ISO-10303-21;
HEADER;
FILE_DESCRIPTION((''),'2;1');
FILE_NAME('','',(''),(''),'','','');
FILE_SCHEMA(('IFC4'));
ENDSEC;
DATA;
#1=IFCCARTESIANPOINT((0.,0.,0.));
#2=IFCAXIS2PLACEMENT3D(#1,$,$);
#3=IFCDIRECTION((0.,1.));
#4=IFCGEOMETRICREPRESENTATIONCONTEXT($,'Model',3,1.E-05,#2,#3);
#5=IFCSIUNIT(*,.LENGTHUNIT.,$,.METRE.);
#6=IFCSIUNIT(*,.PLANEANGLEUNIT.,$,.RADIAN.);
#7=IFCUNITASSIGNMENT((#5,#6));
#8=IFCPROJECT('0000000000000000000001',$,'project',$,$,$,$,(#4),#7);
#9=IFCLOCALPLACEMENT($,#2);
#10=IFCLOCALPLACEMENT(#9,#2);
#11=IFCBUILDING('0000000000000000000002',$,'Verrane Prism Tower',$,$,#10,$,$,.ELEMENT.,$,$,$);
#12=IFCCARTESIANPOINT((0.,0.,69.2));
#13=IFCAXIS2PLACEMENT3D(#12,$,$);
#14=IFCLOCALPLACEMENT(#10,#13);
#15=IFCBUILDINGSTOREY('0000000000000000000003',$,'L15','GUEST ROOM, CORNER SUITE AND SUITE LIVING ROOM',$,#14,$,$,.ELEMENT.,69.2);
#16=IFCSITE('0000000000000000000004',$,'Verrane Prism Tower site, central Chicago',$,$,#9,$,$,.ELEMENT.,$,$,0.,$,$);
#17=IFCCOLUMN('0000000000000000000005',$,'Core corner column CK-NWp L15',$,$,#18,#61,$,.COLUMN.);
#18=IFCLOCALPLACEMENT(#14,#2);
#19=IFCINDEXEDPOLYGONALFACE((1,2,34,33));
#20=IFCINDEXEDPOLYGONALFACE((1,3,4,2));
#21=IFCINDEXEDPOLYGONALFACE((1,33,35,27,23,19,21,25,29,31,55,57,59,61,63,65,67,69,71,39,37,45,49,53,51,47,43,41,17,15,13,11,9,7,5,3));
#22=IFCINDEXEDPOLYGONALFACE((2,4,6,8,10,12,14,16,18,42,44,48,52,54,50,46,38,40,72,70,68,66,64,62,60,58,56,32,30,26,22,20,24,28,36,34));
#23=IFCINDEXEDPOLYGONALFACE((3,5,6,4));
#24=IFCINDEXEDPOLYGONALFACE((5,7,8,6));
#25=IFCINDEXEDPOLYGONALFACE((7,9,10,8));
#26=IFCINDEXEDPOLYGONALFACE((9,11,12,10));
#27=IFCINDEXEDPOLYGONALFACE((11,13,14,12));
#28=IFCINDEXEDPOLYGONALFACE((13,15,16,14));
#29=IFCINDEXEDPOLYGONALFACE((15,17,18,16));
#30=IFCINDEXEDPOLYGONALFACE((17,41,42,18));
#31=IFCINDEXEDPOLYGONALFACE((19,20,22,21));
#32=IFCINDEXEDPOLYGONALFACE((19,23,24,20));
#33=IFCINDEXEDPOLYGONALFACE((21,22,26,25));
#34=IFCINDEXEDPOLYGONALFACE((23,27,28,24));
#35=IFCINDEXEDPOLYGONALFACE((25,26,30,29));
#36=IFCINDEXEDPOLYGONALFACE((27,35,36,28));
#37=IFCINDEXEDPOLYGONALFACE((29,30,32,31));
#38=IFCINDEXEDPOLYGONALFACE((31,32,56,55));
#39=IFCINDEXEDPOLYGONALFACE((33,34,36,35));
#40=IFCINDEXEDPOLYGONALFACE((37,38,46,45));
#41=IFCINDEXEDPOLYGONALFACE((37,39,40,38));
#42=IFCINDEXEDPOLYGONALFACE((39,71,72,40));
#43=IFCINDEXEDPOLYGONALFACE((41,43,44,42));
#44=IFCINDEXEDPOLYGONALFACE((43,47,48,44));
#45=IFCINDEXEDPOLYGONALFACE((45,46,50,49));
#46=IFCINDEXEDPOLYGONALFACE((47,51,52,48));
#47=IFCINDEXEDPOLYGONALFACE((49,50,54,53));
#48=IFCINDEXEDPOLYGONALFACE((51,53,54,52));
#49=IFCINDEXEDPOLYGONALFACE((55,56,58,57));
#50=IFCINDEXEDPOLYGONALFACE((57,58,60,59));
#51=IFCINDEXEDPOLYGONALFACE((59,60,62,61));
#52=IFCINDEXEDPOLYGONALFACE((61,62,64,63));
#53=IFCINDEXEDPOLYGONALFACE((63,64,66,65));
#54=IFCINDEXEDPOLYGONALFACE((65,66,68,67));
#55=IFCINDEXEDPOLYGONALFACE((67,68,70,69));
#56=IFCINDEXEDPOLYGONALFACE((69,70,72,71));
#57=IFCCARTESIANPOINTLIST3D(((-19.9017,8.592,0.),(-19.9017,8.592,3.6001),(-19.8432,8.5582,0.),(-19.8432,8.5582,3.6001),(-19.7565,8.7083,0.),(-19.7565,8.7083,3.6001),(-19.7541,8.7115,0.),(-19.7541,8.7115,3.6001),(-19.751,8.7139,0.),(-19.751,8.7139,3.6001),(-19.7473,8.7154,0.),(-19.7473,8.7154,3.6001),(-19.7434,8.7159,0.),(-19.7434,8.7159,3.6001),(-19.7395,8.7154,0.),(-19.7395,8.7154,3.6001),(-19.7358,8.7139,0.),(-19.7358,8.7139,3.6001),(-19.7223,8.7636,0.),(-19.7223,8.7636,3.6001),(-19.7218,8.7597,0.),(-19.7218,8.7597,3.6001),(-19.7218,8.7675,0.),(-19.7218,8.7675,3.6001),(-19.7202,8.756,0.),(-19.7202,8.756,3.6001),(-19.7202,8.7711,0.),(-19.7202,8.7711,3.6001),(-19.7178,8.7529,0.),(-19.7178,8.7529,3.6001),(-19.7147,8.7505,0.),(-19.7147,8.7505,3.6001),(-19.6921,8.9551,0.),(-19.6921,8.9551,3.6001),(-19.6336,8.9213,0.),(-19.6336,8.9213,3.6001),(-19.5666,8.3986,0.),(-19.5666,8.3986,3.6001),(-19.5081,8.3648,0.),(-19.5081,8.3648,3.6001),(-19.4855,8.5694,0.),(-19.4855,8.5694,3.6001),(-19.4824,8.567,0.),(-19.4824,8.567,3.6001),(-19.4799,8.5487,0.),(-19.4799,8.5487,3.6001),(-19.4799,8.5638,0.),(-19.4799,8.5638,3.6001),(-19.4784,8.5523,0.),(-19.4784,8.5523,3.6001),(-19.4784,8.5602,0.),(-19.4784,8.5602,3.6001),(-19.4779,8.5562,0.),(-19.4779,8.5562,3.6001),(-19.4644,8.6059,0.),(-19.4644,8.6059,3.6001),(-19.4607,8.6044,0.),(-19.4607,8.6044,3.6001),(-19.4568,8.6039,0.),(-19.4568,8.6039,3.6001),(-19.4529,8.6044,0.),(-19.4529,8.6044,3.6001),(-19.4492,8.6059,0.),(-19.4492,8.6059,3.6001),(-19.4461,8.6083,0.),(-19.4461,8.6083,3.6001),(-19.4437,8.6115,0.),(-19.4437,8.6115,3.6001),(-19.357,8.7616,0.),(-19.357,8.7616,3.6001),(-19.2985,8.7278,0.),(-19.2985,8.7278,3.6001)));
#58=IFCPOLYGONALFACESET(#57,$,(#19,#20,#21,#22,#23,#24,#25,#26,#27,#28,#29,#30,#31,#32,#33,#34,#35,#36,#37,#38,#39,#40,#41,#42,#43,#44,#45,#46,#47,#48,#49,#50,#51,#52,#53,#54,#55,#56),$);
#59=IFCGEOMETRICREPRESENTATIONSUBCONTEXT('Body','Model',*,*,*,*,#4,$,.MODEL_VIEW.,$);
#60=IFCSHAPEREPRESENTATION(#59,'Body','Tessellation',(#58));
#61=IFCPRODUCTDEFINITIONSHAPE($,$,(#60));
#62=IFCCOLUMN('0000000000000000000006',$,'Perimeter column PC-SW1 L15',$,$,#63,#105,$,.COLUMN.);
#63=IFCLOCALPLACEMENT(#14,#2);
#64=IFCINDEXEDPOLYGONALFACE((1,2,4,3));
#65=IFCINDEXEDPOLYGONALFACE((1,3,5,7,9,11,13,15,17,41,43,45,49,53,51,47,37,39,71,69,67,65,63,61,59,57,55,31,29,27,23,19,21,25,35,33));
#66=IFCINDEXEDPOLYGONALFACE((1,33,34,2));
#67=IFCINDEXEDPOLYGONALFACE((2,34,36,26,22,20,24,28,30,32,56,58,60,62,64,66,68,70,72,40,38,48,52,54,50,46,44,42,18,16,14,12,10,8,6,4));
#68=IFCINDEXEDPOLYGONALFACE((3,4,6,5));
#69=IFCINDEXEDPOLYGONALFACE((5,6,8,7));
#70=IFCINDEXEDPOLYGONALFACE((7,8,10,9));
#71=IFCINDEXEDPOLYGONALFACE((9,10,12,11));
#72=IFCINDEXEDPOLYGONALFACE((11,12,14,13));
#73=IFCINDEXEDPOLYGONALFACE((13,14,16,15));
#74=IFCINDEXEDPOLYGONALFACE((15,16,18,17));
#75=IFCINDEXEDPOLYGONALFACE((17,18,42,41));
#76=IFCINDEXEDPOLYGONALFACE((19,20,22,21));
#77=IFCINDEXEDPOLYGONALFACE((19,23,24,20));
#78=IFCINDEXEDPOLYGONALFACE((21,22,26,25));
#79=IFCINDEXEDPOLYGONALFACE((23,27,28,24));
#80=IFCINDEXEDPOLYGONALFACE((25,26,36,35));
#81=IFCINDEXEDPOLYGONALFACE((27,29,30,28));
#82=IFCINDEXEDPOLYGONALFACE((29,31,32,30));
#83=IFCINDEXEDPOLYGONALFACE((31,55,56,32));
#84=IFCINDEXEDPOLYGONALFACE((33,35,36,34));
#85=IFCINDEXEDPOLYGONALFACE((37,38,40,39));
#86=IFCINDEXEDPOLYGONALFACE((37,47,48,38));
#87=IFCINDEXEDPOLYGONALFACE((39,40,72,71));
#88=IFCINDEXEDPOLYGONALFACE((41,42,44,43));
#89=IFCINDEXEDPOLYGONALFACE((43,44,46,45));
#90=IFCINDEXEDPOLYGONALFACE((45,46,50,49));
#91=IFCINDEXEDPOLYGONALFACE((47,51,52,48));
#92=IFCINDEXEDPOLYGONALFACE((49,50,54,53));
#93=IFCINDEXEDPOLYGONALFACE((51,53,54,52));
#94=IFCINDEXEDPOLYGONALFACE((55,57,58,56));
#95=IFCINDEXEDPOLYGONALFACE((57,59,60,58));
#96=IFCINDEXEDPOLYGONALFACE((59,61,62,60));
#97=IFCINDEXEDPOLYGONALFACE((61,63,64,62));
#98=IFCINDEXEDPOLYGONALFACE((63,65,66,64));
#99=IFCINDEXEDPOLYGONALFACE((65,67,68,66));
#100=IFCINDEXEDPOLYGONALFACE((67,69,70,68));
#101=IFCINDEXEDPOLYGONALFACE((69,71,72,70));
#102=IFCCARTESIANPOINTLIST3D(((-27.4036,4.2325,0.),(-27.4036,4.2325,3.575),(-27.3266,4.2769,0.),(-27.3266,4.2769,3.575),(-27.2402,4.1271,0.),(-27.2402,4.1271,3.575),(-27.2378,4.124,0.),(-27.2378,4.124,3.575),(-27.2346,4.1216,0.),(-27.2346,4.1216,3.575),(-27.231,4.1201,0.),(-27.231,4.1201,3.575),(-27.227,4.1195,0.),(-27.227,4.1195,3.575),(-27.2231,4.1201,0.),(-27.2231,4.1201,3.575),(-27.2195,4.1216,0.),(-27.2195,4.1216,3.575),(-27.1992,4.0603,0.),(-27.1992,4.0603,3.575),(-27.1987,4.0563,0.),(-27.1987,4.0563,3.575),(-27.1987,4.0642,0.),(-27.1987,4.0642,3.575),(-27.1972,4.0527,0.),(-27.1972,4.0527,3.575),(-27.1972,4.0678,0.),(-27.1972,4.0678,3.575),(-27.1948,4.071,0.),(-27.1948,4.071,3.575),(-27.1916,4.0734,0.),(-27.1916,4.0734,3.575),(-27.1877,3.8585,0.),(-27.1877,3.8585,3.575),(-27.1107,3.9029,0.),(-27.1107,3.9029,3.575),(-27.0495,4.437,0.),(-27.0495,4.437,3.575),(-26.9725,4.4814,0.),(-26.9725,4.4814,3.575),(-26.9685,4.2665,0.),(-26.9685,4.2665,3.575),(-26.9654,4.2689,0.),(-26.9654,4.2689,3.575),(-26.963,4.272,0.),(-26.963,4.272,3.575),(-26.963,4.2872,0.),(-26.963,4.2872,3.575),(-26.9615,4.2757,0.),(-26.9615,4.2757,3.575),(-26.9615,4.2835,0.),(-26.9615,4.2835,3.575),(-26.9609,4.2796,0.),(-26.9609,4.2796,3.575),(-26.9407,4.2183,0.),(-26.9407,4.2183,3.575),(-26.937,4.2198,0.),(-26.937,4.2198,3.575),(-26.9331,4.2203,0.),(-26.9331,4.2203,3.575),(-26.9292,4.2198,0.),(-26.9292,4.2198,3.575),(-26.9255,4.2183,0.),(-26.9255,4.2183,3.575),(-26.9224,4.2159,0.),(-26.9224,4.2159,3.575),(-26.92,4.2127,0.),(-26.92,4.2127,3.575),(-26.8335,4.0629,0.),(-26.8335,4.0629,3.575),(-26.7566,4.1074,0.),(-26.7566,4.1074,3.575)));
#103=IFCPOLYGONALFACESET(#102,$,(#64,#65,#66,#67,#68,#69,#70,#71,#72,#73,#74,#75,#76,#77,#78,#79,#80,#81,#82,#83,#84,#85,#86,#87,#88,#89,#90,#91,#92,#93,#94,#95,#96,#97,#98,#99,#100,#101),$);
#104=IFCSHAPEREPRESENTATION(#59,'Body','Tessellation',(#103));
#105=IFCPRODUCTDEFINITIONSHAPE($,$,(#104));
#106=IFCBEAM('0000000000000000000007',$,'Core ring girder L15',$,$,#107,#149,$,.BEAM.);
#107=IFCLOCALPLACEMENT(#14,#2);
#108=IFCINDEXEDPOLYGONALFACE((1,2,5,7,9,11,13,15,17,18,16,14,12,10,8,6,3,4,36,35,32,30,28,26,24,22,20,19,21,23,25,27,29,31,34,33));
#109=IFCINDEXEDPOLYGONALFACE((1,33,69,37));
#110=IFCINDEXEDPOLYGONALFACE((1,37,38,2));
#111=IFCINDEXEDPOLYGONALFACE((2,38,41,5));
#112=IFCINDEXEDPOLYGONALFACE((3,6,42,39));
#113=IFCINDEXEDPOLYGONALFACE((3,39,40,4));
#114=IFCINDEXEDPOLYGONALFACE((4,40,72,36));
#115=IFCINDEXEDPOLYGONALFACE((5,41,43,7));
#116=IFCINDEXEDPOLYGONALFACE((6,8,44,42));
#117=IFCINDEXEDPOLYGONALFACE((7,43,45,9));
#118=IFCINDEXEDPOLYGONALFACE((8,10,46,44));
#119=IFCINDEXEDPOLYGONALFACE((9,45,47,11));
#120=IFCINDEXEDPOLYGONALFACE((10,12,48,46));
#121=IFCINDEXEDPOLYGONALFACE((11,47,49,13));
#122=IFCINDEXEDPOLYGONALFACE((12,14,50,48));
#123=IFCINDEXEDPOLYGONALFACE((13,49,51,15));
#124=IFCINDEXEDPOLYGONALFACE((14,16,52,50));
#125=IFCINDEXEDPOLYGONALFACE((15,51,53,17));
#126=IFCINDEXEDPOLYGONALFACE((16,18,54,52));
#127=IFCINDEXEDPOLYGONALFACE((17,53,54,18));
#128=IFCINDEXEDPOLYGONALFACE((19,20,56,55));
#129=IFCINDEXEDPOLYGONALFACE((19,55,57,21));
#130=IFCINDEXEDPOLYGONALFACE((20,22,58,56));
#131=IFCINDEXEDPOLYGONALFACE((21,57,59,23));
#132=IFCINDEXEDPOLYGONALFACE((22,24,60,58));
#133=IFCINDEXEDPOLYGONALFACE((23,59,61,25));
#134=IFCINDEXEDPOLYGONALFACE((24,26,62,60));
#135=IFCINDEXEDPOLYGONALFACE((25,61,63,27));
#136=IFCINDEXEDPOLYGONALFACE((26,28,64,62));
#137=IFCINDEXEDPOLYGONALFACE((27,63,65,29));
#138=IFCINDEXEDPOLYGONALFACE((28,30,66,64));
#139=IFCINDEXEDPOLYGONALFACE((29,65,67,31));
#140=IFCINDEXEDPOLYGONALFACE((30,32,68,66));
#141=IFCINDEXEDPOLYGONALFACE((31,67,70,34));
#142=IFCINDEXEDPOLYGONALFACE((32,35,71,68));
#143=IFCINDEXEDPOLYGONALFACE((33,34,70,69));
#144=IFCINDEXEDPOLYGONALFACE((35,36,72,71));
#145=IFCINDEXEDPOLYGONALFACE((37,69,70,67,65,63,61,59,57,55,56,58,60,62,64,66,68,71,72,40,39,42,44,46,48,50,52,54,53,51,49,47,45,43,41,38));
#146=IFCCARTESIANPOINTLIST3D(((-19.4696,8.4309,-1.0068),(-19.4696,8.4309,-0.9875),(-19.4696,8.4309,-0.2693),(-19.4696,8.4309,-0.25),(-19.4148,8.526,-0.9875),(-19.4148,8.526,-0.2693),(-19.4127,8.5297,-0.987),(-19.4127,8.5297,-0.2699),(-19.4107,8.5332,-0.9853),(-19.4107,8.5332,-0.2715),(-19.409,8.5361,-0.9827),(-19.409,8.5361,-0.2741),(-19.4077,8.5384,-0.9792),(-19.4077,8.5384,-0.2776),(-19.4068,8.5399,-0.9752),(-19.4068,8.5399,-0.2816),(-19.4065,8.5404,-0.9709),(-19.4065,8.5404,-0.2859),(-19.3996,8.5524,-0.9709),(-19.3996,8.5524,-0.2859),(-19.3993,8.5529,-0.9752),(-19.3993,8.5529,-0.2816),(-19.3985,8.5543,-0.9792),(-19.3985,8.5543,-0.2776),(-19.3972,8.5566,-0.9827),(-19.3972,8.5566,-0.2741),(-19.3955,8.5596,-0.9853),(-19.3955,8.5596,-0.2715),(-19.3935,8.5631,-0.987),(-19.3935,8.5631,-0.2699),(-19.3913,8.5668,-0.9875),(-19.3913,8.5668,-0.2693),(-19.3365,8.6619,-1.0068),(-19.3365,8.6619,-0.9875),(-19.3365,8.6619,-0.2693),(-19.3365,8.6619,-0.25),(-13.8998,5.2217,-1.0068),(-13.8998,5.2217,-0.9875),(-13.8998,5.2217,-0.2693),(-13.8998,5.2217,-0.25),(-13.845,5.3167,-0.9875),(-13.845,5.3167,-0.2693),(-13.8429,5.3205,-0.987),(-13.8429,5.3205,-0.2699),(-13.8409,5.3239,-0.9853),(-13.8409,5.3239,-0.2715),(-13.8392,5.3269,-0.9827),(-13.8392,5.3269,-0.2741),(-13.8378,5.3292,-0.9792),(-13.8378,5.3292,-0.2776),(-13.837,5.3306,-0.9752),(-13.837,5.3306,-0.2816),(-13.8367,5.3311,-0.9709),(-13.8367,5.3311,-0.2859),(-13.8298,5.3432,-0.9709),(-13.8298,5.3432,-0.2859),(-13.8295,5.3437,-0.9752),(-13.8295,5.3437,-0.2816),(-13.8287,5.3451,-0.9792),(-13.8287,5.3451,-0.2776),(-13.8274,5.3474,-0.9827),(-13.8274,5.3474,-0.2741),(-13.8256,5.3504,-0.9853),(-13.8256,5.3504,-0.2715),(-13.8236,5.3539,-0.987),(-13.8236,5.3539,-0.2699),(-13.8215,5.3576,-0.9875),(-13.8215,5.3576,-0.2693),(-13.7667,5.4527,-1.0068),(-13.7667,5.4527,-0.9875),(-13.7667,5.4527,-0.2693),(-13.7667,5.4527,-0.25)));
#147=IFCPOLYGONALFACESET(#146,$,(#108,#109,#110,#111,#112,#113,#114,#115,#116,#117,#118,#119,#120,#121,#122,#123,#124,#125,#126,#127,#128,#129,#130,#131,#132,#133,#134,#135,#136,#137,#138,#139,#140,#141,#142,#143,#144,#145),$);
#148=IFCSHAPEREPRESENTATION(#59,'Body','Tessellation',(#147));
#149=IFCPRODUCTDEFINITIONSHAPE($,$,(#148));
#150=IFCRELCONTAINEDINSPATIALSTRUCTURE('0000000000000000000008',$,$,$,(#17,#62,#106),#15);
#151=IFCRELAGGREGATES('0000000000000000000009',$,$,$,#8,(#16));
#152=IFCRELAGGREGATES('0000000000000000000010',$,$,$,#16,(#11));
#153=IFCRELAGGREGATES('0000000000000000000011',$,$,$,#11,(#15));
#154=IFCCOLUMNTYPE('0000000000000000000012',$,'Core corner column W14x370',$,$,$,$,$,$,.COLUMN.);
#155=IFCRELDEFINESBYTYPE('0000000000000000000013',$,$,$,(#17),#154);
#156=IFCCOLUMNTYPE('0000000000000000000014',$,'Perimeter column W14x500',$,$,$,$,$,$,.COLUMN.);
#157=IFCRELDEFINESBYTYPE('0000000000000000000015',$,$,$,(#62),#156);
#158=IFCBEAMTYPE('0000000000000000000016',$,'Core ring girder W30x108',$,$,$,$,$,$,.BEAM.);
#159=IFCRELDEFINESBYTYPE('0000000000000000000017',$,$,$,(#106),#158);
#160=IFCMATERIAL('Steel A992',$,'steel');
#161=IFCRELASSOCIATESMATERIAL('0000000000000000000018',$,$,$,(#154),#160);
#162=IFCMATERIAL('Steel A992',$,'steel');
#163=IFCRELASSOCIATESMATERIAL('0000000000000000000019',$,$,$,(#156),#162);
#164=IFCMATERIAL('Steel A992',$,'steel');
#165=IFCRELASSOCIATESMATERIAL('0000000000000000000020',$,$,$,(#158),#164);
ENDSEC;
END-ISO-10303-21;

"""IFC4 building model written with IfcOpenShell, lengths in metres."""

from ifc_helpers import new_model, si_unit, direction, frame, origin, origin_2d, place, context, subcontext, project, spatial, i_section, extrude, material, material_profile, profile_set, type_object, element, save


model = new_model("IFC4")

# Units and contexts
model_context = context("Model", 3, precision=1e-05, world=origin(), true_north=direction((0.0, 1.0)))
body_context = subcontext(model_context, "Body", "Model", "MODEL_VIEW")
ifc_project = project(units=[si_unit("LENGTHUNIT", "METRE"), si_unit("PLANEANGLEUNIT", "RADIAN")], contexts=[model_context])

# Site, building, storey
site_placement = place(None, origin())
site = spatial("IfcSite", under=ifc_project, at=site_placement, Name="Verrane Prism Tower site, central Chicago", CompositionType="ELEMENT", RefElevation=0.0)
building_placement = place(site_placement, origin())
building = spatial("IfcBuilding", under=site, at=building_placement, Name="Verrane Prism Tower", CompositionType="ELEMENT")
storey_placement = place(building_placement, frame((0.0, 0.0, 69.2)))
storey = spatial("IfcBuildingStorey", under=building, at=storey_placement, Name="L15", Description="GUEST ROOM, CORNER SUITE AND SUITE LIVING ROOM", CompositionType="ELEMENT", Elevation=69.2)

# Columns
ifc_material_1 = material(Name="Steel A992", Category="steel")
ifc_material_profile_1 = material_profile(ifc_material_1, i_section(OverallWidth=0.4192, OverallDepth=0.4546, WebThickness=0.0422, FlangeThickness=0.0676, FilletRadius=0.0151, at=origin_2d()), Name="W14x370")
ifc_profile_set_1 = profile_set([ifc_material_profile_1], Name="Steel A992")
column_type_1 = type_object("IfcColumnType", Name="Core corner column W14x370", PredefinedType="COLUMN", material=ifc_profile_set_1)
column_1_placement = place(storey_placement, frame((-19.6001, 8.6599, 0.0), z_axis=(0.0, 0.0, 1.0), x_axis=(0.5, 0.866025, 0.0)))
element("IfcColumn", 1, at=column_1_placement, inside=storey, type_object=column_type_1, Name="Core corner column CK-NWp L15", PredefinedType="COLUMN", context=body_context, shape_type="SweptSolid", body=[
    extrude(i_section(OverallWidth=0.4192, OverallDepth=0.4546, WebThickness=0.0422, FlangeThickness=0.0676, FilletRadius=0.0151, at=origin_2d()), origin(), (0.0, 0.0, 1.0), 3.6001),
])
ifc_material_2 = material(Name="Steel A992", Category="steel")
ifc_material_profile_2 = material_profile(ifc_material_2, i_section(OverallWidth=0.4319, OverallDepth=0.4978, WebThickness=0.0557, FlangeThickness=0.0889, FilletRadius=0.0151, at=origin_2d()), Name="W14x500")
ifc_profile_set_2 = profile_set([ifc_material_profile_2], Name="Steel A992")
column_type_2 = type_object("IfcColumnType", Name="Perimeter column W14x500", PredefinedType="COLUMN", material=ifc_profile_set_2)
column_2_placement = place(storey_placement, frame((-27.0801, 4.1699, 0.0), z_axis=(0.0, 0.0, 1.0), x_axis=(-0.5, 0.866025, 0.0)))
element("IfcColumn", 2, at=column_2_placement, inside=storey, type_object=column_type_2, Name="Perimeter column PC-SW1 L15", PredefinedType="COLUMN", context=body_context, shape_type="SweptSolid", body=[
    extrude(i_section(OverallWidth=0.4319, OverallDepth=0.4978, WebThickness=0.0557, FlangeThickness=0.0889, FilletRadius=0.0151, at=origin_2d()), origin(), (0.0, 0.0, 1.0), 3.575),
])

# Beam
ifc_material_3 = material(Name="Steel A992", Category="steel")
ifc_material_profile_3 = material_profile(ifc_material_3, i_section(OverallWidth=0.2666, OverallDepth=0.7568, WebThickness=0.0139, FlangeThickness=0.0193, FilletRadius=0.0166, at=origin_2d()), Name="W30x108")
ifc_profile_set_3 = profile_set([ifc_material_profile_3], Name="Steel A992")
beam_type_1 = type_object("IfcBeamType", Name="Core ring girder W30x108", PredefinedType="BEAM", material=ifc_profile_set_3)
beam_1_placement = place(storey_placement, frame((-19.4031, 8.5464, -0.6284), z_axis=(0.866464, -0.49924, 0.0), x_axis=(0.49924, 0.866464, 0.0)))
element("IfcBeam", 3, at=beam_1_placement, inside=storey, type_object=beam_type_1, Name="Core ring girder L15", PredefinedType="BEAM", context=body_context, shape_type="SweptSolid", body=[
    extrude(i_section(OverallWidth=0.2666, OverallDepth=0.7568, WebThickness=0.0139, FlangeThickness=0.0193, FilletRadius=0.0166, at=origin_2d()), origin(), (0.0, 0.0, 1.0), 6.4282),
])

save(model, "model.ifc")
